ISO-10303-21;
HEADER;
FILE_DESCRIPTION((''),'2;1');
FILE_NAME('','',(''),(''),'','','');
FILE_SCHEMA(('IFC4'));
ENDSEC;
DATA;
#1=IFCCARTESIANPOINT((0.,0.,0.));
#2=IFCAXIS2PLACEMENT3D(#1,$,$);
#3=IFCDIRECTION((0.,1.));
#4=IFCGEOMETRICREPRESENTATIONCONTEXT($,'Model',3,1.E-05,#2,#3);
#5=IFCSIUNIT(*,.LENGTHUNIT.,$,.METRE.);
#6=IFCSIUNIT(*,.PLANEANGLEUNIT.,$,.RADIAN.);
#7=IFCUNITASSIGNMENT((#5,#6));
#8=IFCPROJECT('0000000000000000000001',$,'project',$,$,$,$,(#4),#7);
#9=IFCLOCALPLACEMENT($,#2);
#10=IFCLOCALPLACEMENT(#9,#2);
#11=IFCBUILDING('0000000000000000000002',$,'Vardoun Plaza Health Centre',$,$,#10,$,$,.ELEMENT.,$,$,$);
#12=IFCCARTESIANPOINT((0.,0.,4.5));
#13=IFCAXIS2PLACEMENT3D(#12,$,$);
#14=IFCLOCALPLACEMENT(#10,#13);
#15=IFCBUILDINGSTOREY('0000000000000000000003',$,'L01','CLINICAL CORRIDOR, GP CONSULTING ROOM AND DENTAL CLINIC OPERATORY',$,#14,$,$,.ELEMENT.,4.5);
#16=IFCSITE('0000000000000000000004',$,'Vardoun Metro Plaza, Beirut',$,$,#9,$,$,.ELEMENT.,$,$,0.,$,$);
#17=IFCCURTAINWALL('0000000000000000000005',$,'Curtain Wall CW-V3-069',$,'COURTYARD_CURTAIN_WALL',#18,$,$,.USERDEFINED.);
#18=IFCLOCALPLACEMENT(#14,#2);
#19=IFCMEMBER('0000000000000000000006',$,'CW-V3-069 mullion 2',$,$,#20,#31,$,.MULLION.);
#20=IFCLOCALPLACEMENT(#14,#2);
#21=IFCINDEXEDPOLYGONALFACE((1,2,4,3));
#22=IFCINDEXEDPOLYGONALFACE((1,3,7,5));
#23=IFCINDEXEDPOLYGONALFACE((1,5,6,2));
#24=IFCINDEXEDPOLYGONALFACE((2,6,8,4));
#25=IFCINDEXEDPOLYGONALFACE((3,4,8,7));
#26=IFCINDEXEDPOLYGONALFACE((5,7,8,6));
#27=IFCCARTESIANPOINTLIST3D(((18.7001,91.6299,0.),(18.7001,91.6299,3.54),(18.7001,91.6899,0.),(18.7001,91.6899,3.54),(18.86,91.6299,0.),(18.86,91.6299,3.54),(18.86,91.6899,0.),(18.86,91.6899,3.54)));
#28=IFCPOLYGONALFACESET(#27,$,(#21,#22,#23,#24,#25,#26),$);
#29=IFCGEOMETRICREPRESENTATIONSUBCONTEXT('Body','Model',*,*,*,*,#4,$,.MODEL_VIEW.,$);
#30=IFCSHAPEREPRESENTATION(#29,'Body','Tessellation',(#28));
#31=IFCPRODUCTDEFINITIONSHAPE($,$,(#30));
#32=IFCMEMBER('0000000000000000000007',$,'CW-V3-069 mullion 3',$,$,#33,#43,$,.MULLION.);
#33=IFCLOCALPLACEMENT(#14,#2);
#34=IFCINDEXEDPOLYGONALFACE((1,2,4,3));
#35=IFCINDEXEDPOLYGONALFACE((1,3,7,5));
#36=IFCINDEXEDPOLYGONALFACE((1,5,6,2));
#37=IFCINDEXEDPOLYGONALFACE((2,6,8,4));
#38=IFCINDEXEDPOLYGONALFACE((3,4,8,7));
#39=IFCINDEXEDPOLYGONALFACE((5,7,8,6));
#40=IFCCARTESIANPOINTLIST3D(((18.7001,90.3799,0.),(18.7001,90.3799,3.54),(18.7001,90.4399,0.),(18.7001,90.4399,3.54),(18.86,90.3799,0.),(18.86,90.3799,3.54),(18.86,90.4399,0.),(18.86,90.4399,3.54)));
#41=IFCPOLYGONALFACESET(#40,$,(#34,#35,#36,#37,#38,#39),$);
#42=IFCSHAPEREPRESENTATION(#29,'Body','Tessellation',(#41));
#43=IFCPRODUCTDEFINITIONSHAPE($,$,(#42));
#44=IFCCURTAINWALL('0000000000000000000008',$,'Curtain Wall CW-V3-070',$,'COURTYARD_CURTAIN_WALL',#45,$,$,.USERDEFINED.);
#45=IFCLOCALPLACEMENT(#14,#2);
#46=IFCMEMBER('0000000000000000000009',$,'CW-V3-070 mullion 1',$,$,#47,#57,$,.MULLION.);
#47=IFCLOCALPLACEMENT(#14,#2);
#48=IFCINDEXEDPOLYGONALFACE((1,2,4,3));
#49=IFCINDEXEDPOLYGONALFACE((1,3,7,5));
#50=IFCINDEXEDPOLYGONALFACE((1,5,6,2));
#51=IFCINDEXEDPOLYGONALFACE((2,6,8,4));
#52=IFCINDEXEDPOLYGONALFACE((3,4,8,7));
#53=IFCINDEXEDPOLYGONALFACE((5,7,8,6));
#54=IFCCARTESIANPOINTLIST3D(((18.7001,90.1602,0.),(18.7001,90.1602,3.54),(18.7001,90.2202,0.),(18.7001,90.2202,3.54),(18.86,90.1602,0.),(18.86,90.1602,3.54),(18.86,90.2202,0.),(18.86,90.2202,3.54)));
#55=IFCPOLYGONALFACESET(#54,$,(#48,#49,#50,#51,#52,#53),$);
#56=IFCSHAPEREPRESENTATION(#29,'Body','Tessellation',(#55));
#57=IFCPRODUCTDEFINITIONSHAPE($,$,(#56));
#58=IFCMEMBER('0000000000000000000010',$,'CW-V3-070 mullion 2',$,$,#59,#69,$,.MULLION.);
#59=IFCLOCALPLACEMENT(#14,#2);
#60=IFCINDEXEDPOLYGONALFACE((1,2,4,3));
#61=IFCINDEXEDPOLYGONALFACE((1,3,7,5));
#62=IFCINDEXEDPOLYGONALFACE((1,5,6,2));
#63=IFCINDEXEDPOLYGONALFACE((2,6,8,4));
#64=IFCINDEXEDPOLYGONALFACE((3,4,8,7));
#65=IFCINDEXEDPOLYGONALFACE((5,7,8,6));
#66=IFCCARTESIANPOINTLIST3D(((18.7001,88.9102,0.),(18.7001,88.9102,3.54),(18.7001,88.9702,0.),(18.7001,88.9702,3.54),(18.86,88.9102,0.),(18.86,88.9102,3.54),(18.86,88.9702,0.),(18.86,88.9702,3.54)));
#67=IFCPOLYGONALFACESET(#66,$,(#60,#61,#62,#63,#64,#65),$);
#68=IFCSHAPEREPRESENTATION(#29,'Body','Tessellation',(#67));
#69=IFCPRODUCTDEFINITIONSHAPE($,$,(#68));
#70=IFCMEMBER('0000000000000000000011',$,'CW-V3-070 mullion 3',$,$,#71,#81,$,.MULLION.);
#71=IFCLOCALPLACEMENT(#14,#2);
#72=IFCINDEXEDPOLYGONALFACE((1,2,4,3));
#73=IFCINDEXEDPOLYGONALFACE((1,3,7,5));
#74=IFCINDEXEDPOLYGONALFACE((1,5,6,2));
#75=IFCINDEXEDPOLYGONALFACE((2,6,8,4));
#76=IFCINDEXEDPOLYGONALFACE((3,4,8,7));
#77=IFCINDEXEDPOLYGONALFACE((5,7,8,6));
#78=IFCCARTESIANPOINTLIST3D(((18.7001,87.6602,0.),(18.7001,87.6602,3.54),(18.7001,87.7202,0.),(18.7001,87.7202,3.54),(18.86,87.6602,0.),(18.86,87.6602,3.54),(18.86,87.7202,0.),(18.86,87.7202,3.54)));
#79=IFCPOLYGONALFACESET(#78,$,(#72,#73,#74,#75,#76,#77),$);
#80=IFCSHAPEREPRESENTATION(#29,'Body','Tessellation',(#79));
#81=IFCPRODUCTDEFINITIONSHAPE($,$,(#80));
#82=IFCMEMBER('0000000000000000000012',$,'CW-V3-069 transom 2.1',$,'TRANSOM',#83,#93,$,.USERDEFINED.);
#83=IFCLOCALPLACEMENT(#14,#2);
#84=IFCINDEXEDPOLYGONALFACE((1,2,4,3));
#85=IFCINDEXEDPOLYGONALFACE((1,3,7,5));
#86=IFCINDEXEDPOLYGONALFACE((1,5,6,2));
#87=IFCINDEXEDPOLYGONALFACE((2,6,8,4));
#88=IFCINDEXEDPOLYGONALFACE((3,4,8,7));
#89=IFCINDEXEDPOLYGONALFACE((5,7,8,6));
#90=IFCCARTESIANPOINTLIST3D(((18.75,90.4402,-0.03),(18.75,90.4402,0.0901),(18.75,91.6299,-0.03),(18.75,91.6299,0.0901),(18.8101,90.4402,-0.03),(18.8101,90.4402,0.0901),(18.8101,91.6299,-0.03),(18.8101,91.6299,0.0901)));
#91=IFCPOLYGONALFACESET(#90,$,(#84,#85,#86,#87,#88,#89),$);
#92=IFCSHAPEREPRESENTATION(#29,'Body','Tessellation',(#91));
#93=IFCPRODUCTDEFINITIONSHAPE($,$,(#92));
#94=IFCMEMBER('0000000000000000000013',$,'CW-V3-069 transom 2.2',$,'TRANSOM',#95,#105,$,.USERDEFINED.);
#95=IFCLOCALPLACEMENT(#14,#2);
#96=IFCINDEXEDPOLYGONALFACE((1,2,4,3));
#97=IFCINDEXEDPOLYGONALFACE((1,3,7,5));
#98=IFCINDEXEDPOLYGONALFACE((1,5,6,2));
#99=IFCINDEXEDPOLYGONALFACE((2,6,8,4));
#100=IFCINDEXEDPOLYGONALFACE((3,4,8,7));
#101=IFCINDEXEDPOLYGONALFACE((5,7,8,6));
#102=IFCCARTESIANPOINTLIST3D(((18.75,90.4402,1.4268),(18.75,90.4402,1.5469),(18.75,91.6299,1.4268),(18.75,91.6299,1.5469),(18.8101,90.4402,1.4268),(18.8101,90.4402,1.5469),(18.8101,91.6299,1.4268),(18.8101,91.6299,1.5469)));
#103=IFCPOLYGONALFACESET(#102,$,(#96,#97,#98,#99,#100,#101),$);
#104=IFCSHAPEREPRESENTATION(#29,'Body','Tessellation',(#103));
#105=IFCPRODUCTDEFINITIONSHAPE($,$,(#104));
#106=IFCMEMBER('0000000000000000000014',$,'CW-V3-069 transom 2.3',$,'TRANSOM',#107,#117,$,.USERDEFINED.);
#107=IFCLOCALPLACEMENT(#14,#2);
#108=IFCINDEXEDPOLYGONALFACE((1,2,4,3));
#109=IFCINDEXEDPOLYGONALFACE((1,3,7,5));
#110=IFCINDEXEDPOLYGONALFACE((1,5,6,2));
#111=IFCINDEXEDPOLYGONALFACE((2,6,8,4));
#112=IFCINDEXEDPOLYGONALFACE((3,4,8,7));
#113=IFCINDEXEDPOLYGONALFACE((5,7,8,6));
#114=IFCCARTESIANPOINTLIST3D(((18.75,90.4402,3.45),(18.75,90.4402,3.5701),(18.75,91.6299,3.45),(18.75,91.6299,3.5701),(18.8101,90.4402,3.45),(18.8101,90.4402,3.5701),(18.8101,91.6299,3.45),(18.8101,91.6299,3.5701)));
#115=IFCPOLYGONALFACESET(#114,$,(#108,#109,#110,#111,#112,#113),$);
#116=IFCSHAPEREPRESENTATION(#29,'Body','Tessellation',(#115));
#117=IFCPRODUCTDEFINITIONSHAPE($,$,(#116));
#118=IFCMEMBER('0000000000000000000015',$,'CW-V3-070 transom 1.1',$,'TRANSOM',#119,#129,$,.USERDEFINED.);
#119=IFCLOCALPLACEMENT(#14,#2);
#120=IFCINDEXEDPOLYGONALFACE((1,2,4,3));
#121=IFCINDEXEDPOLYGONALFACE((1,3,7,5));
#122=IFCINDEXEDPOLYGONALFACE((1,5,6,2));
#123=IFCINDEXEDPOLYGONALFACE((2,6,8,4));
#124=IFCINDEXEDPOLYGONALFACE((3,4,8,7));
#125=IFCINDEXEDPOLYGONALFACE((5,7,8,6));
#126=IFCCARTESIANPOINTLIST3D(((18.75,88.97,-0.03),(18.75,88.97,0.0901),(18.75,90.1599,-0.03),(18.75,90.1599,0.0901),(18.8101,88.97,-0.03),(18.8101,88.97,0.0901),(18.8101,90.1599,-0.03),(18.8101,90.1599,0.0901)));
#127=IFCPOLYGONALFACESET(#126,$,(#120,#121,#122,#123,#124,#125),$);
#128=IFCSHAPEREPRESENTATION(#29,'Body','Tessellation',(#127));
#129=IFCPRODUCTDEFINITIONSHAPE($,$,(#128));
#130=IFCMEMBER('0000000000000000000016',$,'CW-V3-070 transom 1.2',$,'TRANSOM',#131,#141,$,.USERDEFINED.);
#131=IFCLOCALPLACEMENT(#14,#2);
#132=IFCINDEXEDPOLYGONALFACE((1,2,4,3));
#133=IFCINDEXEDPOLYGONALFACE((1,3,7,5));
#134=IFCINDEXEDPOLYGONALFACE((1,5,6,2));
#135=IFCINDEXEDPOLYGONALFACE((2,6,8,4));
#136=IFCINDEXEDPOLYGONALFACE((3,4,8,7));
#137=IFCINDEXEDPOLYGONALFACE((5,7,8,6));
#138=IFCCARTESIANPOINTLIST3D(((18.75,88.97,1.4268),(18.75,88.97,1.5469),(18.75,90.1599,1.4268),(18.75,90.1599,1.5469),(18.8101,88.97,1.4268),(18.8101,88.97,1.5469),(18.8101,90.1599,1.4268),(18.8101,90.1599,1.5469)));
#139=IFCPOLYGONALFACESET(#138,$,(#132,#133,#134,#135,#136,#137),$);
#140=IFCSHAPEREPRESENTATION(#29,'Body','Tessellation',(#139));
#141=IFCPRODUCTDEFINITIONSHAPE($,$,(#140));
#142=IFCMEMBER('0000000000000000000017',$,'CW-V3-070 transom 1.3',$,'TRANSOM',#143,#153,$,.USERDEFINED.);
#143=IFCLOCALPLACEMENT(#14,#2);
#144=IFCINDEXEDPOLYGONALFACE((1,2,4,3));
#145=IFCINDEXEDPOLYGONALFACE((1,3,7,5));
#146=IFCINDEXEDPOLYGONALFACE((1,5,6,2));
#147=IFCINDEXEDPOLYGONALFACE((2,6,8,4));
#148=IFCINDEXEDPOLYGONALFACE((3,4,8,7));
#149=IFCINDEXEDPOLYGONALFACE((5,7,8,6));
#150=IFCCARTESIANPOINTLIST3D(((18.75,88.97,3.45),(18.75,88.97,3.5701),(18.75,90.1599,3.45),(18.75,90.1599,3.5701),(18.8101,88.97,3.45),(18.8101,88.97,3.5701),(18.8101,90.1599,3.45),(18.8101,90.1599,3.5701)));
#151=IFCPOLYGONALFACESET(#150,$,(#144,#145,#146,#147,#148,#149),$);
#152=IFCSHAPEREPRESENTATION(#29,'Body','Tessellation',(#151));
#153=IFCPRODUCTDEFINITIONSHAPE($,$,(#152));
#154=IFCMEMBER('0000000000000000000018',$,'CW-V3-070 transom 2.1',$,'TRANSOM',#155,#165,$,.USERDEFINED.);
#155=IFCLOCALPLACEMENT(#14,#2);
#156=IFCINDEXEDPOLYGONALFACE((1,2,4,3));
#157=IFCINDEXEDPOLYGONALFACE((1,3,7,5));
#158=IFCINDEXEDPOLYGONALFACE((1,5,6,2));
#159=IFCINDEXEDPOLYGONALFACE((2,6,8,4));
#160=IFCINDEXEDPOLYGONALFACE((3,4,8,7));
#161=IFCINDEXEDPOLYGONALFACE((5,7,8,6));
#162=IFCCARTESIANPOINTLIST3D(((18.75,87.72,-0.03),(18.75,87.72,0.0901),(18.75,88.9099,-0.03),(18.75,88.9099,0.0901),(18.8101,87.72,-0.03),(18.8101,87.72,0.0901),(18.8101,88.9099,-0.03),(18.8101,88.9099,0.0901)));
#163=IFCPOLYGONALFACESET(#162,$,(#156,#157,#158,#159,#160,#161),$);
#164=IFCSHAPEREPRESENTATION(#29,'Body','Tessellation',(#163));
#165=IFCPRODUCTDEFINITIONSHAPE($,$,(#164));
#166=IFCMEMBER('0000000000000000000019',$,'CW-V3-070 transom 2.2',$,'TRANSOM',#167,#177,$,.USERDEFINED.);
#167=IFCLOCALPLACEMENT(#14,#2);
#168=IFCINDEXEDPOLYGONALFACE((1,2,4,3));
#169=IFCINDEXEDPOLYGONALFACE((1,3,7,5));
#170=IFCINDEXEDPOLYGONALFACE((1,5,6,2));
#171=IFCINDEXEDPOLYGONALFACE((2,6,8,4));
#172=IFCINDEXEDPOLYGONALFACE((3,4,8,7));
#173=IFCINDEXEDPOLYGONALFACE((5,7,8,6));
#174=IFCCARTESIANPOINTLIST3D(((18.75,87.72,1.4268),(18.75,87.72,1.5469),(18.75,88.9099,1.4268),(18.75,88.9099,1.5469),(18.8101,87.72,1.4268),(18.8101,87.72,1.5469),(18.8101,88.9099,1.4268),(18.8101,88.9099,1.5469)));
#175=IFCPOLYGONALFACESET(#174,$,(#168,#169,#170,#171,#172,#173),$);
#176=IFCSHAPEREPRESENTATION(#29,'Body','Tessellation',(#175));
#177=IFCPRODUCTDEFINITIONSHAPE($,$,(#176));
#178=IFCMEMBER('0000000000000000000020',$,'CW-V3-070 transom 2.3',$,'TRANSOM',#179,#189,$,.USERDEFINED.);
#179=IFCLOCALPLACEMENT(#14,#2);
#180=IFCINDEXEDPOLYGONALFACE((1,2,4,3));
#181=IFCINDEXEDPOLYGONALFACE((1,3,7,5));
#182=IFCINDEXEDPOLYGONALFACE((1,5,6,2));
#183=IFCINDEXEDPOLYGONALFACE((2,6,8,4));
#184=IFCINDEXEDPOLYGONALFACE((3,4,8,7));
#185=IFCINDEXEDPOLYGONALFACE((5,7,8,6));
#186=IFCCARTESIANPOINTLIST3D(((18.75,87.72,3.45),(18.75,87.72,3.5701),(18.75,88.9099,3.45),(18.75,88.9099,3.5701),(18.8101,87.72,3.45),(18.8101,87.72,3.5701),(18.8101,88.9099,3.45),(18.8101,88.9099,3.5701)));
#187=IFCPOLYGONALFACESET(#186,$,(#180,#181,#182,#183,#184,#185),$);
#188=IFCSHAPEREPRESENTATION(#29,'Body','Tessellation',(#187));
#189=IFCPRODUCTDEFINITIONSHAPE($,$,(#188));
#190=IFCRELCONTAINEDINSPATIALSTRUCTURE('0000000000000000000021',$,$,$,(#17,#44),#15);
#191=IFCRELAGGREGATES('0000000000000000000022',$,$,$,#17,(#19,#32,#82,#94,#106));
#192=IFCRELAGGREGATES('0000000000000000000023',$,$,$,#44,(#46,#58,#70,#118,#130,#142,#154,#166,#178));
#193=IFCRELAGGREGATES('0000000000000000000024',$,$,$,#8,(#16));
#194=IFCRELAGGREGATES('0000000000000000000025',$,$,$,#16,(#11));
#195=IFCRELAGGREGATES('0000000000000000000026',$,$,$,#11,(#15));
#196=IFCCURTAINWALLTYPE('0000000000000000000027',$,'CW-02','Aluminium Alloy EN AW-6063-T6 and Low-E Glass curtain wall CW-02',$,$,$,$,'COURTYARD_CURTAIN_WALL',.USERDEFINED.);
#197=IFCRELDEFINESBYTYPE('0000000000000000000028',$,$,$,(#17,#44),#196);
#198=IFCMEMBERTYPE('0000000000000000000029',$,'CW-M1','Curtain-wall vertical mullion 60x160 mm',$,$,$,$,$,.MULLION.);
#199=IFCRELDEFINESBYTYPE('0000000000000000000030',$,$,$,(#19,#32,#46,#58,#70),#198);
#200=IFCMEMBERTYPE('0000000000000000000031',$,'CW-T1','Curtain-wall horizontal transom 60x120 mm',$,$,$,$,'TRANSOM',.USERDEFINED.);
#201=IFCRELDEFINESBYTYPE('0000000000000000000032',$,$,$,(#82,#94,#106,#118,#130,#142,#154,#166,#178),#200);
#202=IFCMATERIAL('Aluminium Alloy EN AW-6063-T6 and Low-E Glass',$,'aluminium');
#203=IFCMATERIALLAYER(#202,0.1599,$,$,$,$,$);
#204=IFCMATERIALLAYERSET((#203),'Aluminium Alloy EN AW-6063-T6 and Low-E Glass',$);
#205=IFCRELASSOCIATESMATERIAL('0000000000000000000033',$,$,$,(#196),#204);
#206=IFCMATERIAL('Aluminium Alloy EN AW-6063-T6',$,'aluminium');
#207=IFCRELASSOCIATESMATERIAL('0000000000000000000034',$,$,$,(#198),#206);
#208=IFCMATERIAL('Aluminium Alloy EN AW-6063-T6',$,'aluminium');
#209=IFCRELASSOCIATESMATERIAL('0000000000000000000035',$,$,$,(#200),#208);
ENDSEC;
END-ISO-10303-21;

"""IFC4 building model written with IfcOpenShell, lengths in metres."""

from ifc_helpers import new_model, si_unit, direction, frame, origin, origin_2d, place, context, subcontext, project, spatial, rectangle, extrude, material, layer, layer_set, material_profile, profile_set, type_object, element, aggregate, save


model = new_model("IFC4")

# Units and contexts
model_context = context("Model", 3, precision=1e-05, world=origin(), true_north=direction((0.0, 1.0)))
body_context = subcontext(model_context, "Body", "Model", "MODEL_VIEW")
ifc_project = project(units=[si_unit("LENGTHUNIT", "METRE"), si_unit("PLANEANGLEUNIT", "RADIAN")], contexts=[model_context])

# Site, building, storey
site_placement = place(None, origin())
site = spatial("IfcSite", under=ifc_project, at=site_placement, Name="Vardoun Metro Plaza, Beirut", CompositionType="ELEMENT", RefElevation=0.0)
building_placement = place(site_placement, origin())
building = spatial("IfcBuilding", under=site, at=building_placement, Name="Vardoun Plaza Health Centre", CompositionType="ELEMENT")
storey_placement = place(building_placement, frame((0.0, 0.0, 4.5)))
storey = spatial("IfcBuildingStorey", under=building, at=storey_placement, Name="L01", Description="CLINICAL CORRIDOR, GP CONSULTING ROOM AND DENTAL CLINIC OPERATORY", CompositionType="ELEMENT", Elevation=4.5)

# Curtain walls, members
ifc_material_1 = material(Name="Aluminium Alloy EN AW-6063-T6 and Low-E Glass", Category="aluminium")
ifc_layer_1 = layer(ifc_material_1, 0.1599)
ifc_layer_set_1 = layer_set([ifc_layer_1], Name="Aluminium Alloy EN AW-6063-T6 and Low-E Glass")
curtain_wall_type = type_object("IfcCurtainWallType", Name="CW-02", Description="Aluminium Alloy EN AW-6063-T6 and Low-E Glass curtain wall CW-02", ElementType="COURTYARD_CURTAIN_WALL", PredefinedType="USERDEFINED", material=ifc_layer_set_1)
curtain_wall_1_placement = place(storey_placement, origin())
curtain_wall_1 = element("IfcCurtainWall", 1, at=curtain_wall_1_placement, inside=storey, type_object=curtain_wall_type, Name="Curtain Wall CW-V3-069", ObjectType="COURTYARD_CURTAIN_WALL", PredefinedType="USERDEFINED")
ifc_material_2 = material(Name="Aluminium Alloy EN AW-6063-T6", Category="aluminium")
ifc_material_profile_1 = material_profile(ifc_material_2, rectangle(XDim=0.1599, YDim=0.0601, at=origin_2d()), Name="CWM 60x160")
ifc_profile_set_1 = profile_set([ifc_material_profile_1], Name="Aluminium Alloy EN AW-6063-T6")
member_type_1 = type_object("IfcMemberType", Name="CW-M1", Description="Curtain-wall vertical mullion 60x160 mm", PredefinedType="MULLION", material=ifc_profile_set_1)
member_1_placement = place(storey_placement, frame((18.78, 91.6599, 0.0), z_axis=(0.0, 0.0, 1.0), x_axis=(1.0, 0.0, 0.0)))
member_1 = element("IfcMember", 2, at=member_1_placement, type_object=member_type_1, Name="CW-V3-069 mullion 2", PredefinedType="MULLION", context=body_context, shape_type="SweptSolid", body=[
    extrude(rectangle(XDim=0.1599, YDim=0.0601, at=origin_2d()), origin(), (0.0, 0.0, 1.0), 3.54),
])
member_2_placement = place(storey_placement, frame((18.78, 90.4099, 0.0), z_axis=(0.0, 0.0, 1.0), x_axis=(1.0, 0.0, 0.0)))
member_2 = element("IfcMember", 3, at=member_2_placement, type_object=member_type_1, Name="CW-V3-069 mullion 3", PredefinedType="MULLION", context=body_context, shape_type="SweptSolid", body=[
    extrude(rectangle(XDim=0.1599, YDim=0.0601, at=origin_2d()), origin(), (0.0, 0.0, 1.0), 3.54),
])
curtain_wall_2_placement = place(storey_placement, origin())
curtain_wall_2 = element("IfcCurtainWall", 4, at=curtain_wall_2_placement, inside=storey, type_object=curtain_wall_type, Name="Curtain Wall CW-V3-070", ObjectType="COURTYARD_CURTAIN_WALL", PredefinedType="USERDEFINED")
member_3_placement = place(storey_placement, frame((18.78, 90.1902, 0.0), z_axis=(0.0, 0.0, 1.0), x_axis=(1.0, 0.0, 0.0)))
member_3 = element("IfcMember", 5, at=member_3_placement, type_object=member_type_1, Name="CW-V3-070 mullion 1", PredefinedType="MULLION", context=body_context, shape_type="SweptSolid", body=[
    extrude(rectangle(XDim=0.1599, YDim=0.0601, at=origin_2d()), origin(), (0.0, 0.0, 1.0), 3.54),
])
member_4_placement = place(storey_placement, frame((18.78, 88.9402, 0.0), z_axis=(0.0, 0.0, 1.0), x_axis=(1.0, 0.0, 0.0)))
member_4 = element("IfcMember", 6, at=member_4_placement, type_object=member_type_1, Name="CW-V3-070 mullion 2", PredefinedType="MULLION", context=body_context, shape_type="SweptSolid", body=[
    extrude(rectangle(XDim=0.1599, YDim=0.0601, at=origin_2d()), origin(), (0.0, 0.0, 1.0), 3.54),
])
member_5_placement = place(storey_placement, frame((18.78, 87.6902, 0.0), z_axis=(0.0, 0.0, 1.0), x_axis=(1.0, 0.0, 0.0)))
member_5 = element("IfcMember", 7, at=member_5_placement, type_object=member_type_1, Name="CW-V3-070 mullion 3", PredefinedType="MULLION", context=body_context, shape_type="SweptSolid", body=[
    extrude(rectangle(XDim=0.1599, YDim=0.0601, at=origin_2d()), origin(), (0.0, 0.0, 1.0), 3.54),
])

# Members
ifc_material_3 = material(Name="Aluminium Alloy EN AW-6063-T6", Category="aluminium")
ifc_material_profile_2 = material_profile(ifc_material_3, rectangle(XDim=0.0601, YDim=0.1201, at=origin_2d()), Name="CWT 60x120")
ifc_profile_set_2 = profile_set([ifc_material_profile_2], Name="Aluminium Alloy EN AW-6063-T6")
member_type_2 = type_object("IfcMemberType", Name="CW-T1", Description="Curtain-wall horizontal transom 60x120 mm", ElementType="TRANSOM", PredefinedType="USERDEFINED", material=ifc_profile_set_2)
member_6_placement = place(storey_placement, frame((18.78, 91.6299, 0.03), z_axis=(0.0, -1.0, 0.0), x_axis=(1.0, 0.0, 0.0)))
member_6 = element("IfcMember", 8, at=member_6_placement, type_object=member_type_2, Name="CW-V3-069 transom 2.1", ObjectType="TRANSOM", PredefinedType="USERDEFINED", context=body_context, shape_type="SweptSolid", body=[
    extrude(rectangle(XDim=0.0601, YDim=0.1201, at=origin_2d()), origin(), (0.0, 0.0, 1.0), 1.1897),
])
member_7_placement = place(storey_placement, frame((18.78, 91.6299, 1.4868), z_axis=(0.0, -1.0, 0.0), x_axis=(1.0, 0.0, 0.0)))
member_7 = element("IfcMember", 9, at=member_7_placement, type_object=member_type_2, Name="CW-V3-069 transom 2.2", ObjectType="TRANSOM", PredefinedType="USERDEFINED", context=body_context, shape_type="SweptSolid", body=[
    extrude(rectangle(XDim=0.0601, YDim=0.1201, at=origin_2d()), origin(), (0.0, 0.0, 1.0), 1.1897),
])
member_8_placement = place(storey_placement, frame((18.78, 91.6299, 3.51), z_axis=(0.0, -1.0, 0.0), x_axis=(1.0, 0.0, 0.0)))
member_8 = element("IfcMember", 10, at=member_8_placement, type_object=member_type_2, Name="CW-V3-069 transom 2.3", ObjectType="TRANSOM", PredefinedType="USERDEFINED", context=body_context, shape_type="SweptSolid", body=[
    extrude(rectangle(XDim=0.0601, YDim=0.1201, at=origin_2d()), origin(), (0.0, 0.0, 1.0), 1.1897),
])
member_9_placement = place(storey_placement, frame((18.78, 90.1599, 0.03), z_axis=(0.0, -1.0, 0.0), x_axis=(1.0, 0.0, 0.0)))
member_9 = element("IfcMember", 11, at=member_9_placement, type_object=member_type_2, Name="CW-V3-070 transom 1.1", ObjectType="TRANSOM", PredefinedType="USERDEFINED", context=body_context, shape_type="SweptSolid", body=[
    extrude(rectangle(XDim=0.0601, YDim=0.1201, at=origin_2d()), origin(), (0.0, 0.0, 1.0), 1.1899),
])
member_10_placement = place(storey_placement, frame((18.78, 90.1599, 1.4868), z_axis=(0.0, -1.0, 0.0), x_axis=(1.0, 0.0, 0.0)))
member_10 = element("IfcMember", 12, at=member_10_placement, type_object=member_type_2, Name="CW-V3-070 transom 1.2", ObjectType="TRANSOM", PredefinedType="USERDEFINED", context=body_context, shape_type="SweptSolid", body=[
    extrude(rectangle(XDim=0.0601, YDim=0.1201, at=origin_2d()), origin(), (0.0, 0.0, 1.0), 1.1899),
])
member_11_placement = place(storey_placement, frame((18.78, 90.1599, 3.51), z_axis=(0.0, -1.0, 0.0), x_axis=(1.0, 0.0, 0.0)))
member_11 = element("IfcMember", 13, at=member_11_placement, type_object=member_type_2, Name="CW-V3-070 transom 1.3", ObjectType="TRANSOM", PredefinedType="USERDEFINED", context=body_context, shape_type="SweptSolid", body=[
    extrude(rectangle(XDim=0.0601, YDim=0.1201, at=origin_2d()), origin(), (0.0, 0.0, 1.0), 1.1899),
])
member_12_placement = place(storey_placement, frame((18.78, 88.9099, 0.03), z_axis=(0.0, -1.0, 0.0), x_axis=(1.0, 0.0, 0.0)))
member_12 = element("IfcMember", 14, at=member_12_placement, type_object=member_type_2, Name="CW-V3-070 transom 2.1", ObjectType="TRANSOM", PredefinedType="USERDEFINED", context=body_context, shape_type="SweptSolid", body=[
    extrude(rectangle(XDim=0.0601, YDim=0.1201, at=origin_2d()), origin(), (0.0, 0.0, 1.0), 1.1899),
])
member_13_placement = place(storey_placement, frame((18.78, 88.9099, 1.4868), z_axis=(0.0, -1.0, 0.0), x_axis=(1.0, 0.0, 0.0)))
member_13 = element("IfcMember", 15, at=member_13_placement, type_object=member_type_2, Name="CW-V3-070 transom 2.2", ObjectType="TRANSOM", PredefinedType="USERDEFINED", context=body_context, shape_type="SweptSolid", body=[
    extrude(rectangle(XDim=0.0601, YDim=0.1201, at=origin_2d()), origin(), (0.0, 0.0, 1.0), 1.1899),
])
member_14_placement = place(storey_placement, frame((18.78, 88.9099, 3.51), z_axis=(0.0, -1.0, 0.0), x_axis=(1.0, 0.0, 0.0)))
member_14 = element("IfcMember", 16, at=member_14_placement, type_object=member_type_2, Name="CW-V3-070 transom 2.3", ObjectType="TRANSOM", PredefinedType="USERDEFINED", context=body_context, shape_type="SweptSolid", body=[
    extrude(rectangle(XDim=0.0601, YDim=0.1201, at=origin_2d()), origin(), (0.0, 0.0, 1.0), 1.1899),
])

aggregate(curtain_wall_1, [member_1, member_2, member_6, member_7, member_8])
aggregate(curtain_wall_2, [member_3, member_4, member_5, member_9, member_10, member_11, member_12, member_13, member_14])

save(model, "model.ifc")
